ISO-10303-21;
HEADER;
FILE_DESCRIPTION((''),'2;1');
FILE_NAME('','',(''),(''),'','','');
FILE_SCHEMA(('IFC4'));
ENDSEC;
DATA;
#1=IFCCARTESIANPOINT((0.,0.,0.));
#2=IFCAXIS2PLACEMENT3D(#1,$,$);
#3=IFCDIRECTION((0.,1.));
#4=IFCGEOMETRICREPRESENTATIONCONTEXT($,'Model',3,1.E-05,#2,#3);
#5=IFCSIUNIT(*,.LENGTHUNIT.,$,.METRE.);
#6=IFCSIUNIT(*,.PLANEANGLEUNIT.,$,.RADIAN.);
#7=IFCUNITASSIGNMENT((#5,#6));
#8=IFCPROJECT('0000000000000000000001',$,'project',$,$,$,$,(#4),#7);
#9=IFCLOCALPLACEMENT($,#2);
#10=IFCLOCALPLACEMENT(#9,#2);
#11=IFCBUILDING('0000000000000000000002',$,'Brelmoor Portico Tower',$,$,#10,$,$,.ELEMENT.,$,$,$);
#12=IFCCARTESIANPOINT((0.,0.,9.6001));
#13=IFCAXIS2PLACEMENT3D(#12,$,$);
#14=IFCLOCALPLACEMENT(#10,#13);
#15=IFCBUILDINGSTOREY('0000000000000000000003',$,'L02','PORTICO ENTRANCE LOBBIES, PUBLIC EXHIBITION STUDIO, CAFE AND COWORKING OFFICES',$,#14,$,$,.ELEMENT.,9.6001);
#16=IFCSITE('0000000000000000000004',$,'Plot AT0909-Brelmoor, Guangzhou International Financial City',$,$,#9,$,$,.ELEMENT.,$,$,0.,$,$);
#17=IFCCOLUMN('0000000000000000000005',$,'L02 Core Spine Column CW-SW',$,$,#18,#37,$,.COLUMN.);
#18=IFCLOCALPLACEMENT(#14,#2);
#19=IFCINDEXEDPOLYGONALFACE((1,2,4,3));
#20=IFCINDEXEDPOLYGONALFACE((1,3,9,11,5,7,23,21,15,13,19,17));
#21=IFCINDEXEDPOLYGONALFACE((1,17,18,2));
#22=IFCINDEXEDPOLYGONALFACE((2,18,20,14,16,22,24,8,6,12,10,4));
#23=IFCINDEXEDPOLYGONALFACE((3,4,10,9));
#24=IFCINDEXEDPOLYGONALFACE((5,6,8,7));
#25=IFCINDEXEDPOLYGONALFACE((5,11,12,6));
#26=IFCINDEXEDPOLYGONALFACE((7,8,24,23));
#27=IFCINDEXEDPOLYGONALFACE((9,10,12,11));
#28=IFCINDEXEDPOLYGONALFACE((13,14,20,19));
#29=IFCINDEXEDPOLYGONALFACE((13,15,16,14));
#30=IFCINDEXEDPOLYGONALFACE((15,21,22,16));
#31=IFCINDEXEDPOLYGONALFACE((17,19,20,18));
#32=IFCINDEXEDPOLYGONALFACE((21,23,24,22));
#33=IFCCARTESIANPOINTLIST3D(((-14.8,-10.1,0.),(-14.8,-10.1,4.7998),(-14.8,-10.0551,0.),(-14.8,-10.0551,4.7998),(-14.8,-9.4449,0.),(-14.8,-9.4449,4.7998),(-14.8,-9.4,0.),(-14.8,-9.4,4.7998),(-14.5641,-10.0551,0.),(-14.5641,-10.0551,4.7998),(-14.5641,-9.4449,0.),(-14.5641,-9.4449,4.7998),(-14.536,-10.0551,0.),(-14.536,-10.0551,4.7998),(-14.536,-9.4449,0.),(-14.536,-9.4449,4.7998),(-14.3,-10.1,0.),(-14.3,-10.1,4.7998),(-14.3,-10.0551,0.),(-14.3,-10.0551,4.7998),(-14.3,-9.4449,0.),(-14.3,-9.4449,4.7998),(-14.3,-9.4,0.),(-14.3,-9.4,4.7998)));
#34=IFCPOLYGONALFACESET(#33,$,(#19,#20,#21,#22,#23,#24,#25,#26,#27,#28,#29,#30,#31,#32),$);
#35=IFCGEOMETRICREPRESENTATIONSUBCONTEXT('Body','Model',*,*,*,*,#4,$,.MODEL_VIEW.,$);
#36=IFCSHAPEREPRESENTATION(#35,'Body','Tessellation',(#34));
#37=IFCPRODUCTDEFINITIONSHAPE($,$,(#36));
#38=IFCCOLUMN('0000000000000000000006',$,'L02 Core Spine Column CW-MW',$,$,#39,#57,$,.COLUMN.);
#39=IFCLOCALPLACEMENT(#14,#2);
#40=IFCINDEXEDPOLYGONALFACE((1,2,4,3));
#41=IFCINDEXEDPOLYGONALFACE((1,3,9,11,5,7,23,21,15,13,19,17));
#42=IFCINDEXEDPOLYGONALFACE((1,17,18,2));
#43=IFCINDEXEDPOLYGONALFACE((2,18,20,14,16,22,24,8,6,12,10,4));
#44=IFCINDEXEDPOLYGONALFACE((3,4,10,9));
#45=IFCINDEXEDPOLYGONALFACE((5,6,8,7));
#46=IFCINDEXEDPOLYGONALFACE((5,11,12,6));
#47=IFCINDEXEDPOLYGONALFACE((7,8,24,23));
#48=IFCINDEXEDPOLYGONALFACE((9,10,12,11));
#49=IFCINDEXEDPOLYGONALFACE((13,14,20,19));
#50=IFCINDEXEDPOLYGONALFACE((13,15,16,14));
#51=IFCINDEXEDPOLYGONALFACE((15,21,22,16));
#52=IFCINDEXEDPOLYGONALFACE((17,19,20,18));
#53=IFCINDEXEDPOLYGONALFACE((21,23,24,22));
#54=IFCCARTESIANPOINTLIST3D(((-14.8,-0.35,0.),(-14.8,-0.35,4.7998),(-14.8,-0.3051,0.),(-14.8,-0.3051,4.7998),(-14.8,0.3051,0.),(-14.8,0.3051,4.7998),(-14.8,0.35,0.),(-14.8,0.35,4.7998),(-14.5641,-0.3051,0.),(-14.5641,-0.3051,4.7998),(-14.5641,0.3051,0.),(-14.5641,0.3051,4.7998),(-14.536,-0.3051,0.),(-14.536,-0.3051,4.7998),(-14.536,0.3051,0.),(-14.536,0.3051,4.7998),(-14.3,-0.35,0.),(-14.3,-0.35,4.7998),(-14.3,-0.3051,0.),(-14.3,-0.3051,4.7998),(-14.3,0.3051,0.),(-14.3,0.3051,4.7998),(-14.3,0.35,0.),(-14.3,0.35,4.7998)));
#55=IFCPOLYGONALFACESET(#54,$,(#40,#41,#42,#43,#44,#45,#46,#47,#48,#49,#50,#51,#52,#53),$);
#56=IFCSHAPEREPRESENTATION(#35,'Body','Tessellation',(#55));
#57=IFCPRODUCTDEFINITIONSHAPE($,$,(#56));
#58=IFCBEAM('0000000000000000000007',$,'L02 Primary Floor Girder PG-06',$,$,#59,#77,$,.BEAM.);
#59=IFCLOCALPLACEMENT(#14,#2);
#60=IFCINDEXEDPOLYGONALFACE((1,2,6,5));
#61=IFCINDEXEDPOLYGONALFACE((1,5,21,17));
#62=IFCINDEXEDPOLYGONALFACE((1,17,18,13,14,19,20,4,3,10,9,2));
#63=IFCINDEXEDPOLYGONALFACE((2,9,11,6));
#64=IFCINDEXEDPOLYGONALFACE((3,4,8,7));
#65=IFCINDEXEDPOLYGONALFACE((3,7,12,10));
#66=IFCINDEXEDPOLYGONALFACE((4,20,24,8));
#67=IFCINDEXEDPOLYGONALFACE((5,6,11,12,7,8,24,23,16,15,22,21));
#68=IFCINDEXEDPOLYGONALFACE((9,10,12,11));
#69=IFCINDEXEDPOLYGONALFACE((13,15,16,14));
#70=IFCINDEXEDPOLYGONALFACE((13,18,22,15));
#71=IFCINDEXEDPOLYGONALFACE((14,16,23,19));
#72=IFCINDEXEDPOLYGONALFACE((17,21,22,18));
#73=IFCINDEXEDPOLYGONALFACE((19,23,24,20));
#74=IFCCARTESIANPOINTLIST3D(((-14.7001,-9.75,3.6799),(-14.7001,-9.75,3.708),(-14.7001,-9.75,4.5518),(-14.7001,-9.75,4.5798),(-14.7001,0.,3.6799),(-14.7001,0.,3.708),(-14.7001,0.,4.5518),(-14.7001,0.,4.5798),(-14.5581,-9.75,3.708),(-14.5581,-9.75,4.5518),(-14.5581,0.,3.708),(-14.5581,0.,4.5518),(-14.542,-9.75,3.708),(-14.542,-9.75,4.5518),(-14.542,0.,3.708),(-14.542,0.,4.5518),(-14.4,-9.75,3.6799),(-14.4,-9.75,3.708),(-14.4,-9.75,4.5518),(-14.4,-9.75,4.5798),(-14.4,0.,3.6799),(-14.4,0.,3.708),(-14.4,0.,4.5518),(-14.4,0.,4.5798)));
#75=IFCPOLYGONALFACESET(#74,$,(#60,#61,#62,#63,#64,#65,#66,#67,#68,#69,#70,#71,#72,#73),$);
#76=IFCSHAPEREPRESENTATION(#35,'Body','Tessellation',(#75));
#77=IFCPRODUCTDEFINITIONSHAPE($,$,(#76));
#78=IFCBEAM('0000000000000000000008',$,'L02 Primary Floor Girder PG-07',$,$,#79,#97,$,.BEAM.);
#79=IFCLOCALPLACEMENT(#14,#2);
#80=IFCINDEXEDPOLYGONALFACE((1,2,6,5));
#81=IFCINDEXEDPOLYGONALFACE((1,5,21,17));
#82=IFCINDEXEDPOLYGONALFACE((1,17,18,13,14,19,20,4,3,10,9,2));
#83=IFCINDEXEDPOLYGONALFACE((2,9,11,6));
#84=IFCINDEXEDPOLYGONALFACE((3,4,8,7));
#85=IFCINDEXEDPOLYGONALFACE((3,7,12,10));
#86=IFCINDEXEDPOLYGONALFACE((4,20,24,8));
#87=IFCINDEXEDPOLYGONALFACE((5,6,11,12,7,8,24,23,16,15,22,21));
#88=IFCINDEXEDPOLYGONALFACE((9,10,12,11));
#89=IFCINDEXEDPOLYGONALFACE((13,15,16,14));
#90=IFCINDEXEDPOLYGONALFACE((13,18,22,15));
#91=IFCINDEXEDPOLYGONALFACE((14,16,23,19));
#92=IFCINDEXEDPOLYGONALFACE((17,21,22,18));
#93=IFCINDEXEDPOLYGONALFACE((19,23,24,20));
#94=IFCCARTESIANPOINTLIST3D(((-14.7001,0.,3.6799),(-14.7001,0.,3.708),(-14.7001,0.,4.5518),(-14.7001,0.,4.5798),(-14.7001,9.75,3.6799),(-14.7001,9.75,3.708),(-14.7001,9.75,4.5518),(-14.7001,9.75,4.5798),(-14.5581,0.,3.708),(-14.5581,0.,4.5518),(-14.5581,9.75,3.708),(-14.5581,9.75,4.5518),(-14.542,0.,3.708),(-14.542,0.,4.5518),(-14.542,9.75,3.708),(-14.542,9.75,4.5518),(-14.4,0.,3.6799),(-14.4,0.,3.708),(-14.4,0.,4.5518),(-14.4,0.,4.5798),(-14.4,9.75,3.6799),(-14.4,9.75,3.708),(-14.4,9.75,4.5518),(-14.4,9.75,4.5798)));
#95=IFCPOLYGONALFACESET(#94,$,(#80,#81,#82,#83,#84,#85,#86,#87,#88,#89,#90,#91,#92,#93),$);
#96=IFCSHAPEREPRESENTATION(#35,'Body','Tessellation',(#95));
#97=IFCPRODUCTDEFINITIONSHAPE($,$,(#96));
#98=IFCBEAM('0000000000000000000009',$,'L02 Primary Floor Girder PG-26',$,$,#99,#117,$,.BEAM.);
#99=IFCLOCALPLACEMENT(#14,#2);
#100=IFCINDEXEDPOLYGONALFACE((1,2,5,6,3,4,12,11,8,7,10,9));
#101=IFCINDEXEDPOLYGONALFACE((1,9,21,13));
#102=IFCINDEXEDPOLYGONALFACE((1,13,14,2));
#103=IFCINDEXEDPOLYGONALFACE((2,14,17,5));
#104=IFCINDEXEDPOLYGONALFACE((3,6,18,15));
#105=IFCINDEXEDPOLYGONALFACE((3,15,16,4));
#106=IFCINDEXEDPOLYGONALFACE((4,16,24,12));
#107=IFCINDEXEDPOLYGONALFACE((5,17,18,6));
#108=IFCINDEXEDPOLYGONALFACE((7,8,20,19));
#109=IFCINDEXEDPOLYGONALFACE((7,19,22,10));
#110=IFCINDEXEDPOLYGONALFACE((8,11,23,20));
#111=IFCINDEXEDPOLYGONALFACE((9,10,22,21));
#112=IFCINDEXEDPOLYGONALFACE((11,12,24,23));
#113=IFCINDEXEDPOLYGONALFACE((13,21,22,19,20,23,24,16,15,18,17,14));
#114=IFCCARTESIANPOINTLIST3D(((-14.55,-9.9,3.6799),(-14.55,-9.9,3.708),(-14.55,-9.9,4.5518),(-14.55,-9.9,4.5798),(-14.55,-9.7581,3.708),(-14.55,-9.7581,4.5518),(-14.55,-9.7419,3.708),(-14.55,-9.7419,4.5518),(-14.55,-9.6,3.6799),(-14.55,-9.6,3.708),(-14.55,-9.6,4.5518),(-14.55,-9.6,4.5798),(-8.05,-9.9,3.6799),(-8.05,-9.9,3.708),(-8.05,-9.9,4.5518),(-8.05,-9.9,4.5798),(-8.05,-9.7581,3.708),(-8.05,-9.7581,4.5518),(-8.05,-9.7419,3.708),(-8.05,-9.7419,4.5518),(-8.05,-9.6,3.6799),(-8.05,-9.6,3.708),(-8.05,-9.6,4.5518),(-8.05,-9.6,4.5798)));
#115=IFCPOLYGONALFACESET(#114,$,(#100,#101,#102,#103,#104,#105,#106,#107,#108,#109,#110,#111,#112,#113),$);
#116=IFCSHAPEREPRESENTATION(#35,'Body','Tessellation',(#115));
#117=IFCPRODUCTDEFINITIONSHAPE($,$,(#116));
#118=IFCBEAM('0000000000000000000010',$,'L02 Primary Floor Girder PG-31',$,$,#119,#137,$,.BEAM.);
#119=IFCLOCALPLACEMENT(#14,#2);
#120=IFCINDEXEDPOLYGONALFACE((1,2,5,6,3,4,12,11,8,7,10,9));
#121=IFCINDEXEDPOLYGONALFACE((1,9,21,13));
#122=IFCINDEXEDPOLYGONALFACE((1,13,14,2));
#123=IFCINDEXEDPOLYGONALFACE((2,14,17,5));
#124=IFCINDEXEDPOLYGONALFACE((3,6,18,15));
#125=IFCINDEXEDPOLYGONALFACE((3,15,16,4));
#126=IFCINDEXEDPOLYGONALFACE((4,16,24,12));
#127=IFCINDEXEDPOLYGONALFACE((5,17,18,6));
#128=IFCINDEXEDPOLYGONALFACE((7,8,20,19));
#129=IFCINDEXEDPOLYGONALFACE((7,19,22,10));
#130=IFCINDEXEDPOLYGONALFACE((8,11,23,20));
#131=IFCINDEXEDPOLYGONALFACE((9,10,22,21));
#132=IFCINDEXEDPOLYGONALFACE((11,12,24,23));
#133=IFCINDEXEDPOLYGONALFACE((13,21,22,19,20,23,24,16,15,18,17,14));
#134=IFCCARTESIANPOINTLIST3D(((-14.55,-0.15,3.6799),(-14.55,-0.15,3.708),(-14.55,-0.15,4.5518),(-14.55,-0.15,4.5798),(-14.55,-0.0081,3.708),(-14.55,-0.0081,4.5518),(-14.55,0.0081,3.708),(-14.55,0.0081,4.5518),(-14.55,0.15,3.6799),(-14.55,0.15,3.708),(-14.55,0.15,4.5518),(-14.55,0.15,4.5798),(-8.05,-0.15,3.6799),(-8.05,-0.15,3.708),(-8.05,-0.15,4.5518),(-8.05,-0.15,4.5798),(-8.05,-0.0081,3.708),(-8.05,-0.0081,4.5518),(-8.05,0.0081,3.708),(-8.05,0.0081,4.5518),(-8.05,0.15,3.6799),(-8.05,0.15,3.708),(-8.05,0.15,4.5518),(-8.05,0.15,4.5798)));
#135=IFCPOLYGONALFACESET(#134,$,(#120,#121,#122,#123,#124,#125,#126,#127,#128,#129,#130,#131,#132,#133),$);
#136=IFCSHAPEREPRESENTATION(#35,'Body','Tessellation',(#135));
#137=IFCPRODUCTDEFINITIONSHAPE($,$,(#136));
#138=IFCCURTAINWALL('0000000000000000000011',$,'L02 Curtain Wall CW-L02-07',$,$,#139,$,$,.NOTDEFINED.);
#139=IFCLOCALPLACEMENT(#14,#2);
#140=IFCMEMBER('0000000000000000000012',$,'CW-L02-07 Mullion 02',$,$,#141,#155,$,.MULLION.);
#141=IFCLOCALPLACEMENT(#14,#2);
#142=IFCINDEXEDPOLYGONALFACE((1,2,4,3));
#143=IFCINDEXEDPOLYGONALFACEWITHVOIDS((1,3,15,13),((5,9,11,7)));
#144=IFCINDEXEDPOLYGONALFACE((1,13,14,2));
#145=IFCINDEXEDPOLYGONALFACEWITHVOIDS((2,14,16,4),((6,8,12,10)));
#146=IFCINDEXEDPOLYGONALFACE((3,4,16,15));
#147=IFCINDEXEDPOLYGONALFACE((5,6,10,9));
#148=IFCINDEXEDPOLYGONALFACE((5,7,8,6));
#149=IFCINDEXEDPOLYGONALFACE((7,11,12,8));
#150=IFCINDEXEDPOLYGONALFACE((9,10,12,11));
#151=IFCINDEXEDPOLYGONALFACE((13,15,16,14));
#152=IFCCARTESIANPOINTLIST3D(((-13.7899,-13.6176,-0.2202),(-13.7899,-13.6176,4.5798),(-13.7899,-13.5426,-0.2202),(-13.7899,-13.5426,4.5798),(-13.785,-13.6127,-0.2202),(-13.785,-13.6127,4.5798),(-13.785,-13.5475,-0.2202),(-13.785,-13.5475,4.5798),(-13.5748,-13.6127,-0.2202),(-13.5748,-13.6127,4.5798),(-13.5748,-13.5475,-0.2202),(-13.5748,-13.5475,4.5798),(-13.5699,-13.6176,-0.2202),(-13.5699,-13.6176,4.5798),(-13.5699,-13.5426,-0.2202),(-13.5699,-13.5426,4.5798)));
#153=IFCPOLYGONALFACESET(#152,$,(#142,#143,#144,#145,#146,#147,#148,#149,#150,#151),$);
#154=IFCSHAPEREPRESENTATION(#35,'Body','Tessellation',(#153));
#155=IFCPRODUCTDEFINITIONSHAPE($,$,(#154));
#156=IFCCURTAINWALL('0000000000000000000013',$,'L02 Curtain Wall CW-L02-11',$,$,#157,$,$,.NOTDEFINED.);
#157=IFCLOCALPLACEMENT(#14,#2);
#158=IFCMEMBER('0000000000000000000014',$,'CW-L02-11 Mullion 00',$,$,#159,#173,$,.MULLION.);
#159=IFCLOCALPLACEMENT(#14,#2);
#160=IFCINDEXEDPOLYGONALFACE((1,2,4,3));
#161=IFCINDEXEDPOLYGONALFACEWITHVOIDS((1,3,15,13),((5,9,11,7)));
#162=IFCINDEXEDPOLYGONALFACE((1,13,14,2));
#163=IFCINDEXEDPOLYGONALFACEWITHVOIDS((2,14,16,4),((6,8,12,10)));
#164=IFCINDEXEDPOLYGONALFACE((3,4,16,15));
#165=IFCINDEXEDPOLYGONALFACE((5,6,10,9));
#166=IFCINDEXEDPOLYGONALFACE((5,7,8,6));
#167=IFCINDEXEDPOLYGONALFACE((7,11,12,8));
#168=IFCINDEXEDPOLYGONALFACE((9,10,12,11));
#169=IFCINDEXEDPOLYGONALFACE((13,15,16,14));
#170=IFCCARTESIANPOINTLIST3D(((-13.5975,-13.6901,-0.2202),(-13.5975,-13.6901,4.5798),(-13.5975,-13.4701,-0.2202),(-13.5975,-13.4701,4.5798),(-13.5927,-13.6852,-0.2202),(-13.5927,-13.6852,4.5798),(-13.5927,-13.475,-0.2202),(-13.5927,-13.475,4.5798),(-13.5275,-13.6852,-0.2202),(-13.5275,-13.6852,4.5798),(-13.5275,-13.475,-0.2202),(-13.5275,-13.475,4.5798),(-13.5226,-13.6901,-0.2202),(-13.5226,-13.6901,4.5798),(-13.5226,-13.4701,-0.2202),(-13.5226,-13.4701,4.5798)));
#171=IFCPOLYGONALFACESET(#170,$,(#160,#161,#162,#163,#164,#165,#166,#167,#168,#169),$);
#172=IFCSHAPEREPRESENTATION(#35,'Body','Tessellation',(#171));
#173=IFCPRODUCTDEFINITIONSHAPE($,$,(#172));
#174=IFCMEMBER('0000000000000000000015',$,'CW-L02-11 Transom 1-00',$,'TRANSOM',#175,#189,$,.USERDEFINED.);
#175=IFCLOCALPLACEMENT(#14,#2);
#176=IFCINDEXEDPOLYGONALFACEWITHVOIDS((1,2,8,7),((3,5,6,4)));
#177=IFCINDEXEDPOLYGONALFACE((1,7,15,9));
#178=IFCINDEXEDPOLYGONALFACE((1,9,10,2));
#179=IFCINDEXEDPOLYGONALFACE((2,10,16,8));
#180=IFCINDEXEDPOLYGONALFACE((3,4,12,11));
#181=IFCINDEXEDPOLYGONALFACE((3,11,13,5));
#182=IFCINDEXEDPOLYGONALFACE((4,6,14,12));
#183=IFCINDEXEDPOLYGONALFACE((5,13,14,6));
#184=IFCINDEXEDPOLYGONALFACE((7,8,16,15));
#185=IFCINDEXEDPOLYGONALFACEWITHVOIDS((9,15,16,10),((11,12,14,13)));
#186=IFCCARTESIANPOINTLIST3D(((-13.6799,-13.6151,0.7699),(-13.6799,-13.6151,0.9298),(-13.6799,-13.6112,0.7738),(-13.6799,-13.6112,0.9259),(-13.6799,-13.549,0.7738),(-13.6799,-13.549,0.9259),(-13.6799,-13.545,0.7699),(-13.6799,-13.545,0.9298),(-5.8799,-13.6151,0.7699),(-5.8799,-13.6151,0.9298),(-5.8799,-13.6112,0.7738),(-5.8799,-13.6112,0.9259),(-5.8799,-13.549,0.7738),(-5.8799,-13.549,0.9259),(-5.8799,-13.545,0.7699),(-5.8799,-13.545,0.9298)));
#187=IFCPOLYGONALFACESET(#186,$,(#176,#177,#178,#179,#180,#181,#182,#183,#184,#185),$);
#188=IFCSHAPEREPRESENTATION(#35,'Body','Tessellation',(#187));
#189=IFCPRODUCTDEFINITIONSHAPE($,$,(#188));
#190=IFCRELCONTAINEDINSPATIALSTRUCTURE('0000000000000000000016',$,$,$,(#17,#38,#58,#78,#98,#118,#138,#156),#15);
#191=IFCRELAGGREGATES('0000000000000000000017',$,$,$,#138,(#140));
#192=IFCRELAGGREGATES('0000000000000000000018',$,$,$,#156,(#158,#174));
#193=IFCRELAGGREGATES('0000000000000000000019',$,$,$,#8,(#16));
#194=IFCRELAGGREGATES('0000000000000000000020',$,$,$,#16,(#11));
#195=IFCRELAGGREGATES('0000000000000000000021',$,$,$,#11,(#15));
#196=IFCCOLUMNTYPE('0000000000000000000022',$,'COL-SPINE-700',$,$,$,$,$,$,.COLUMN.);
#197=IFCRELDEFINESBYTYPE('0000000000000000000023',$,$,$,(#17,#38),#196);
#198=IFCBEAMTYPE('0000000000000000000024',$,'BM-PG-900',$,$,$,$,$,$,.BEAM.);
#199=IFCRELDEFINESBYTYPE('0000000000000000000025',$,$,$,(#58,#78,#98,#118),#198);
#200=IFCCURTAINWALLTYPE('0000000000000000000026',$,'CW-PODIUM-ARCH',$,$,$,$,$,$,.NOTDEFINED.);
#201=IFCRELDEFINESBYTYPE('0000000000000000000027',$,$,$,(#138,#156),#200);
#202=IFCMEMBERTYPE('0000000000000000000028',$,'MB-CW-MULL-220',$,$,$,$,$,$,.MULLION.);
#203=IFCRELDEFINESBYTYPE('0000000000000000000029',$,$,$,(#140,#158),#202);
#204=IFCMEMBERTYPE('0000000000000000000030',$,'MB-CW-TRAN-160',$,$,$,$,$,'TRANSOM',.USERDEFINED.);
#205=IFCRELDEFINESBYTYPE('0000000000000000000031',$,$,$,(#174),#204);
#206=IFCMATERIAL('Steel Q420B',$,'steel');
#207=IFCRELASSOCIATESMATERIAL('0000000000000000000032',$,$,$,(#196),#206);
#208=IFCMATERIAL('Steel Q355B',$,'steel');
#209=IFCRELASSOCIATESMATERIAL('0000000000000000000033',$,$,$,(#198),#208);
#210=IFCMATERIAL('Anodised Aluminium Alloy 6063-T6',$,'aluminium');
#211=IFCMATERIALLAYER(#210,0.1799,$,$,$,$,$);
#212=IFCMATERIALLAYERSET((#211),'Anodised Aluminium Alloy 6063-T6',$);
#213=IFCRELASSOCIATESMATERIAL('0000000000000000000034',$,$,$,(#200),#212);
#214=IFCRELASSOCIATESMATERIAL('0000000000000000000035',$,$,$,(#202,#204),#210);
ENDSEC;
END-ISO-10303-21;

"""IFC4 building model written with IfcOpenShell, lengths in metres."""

from ifc_helpers import new_model, si_unit, direction, frame, origin, origin_2d, place, context, subcontext, project, spatial, hollow_rectangle, i_section, extrude, material, layer, layer_set, material_profile, profile_set, type_object, element, aggregate, save


model = new_model("IFC4")

# Units and contexts
model_context = context("Model", 3, precision=1e-05, world=origin(), true_north=direction((0.0, 1.0)))
body_context = subcontext(model_context, "Body", "Model", "MODEL_VIEW")
ifc_project = project(units=[si_unit("LENGTHUNIT", "METRE"), si_unit("PLANEANGLEUNIT", "RADIAN")], contexts=[model_context])

# Site, building, storey
site_placement = place(None, origin())
site = spatial("IfcSite", under=ifc_project, at=site_placement, Name="Plot AT0909-Brelmoor, Guangzhou International Financial City", CompositionType="ELEMENT", RefElevation=0.0)
building_placement = place(site_placement, origin())
building = spatial("IfcBuilding", under=site, at=building_placement, Name="Brelmoor Portico Tower", CompositionType="ELEMENT")
storey_placement = place(building_placement, frame((0.0, 0.0, 9.6001)))
storey = spatial("IfcBuildingStorey", under=building, at=storey_placement, Name="L02", Description="PORTICO ENTRANCE LOBBIES, PUBLIC EXHIBITION STUDIO, CAFE AND COWORKING OFFICES", CompositionType="ELEMENT", Elevation=9.6001)

# Columns
ifc_material_1 = material(Name="Steel Q420B", Category="steel")
ifc_material_profile_1 = material_profile(ifc_material_1, i_section(OverallWidth=0.5, OverallDepth=0.7, WebThickness=0.0281, FlangeThickness=0.0449, at=origin_2d()), Name="HW 700x500x28x45")
ifc_profile_set_1 = profile_set([ifc_material_profile_1], Name="Steel Q420B")
column_type = type_object("IfcColumnType", Name="COL-SPINE-700", PredefinedType="COLUMN", material=ifc_profile_set_1)
for number, where, z_axis, x_axis, name in (
    (1, (-14.55, -9.75, 0.0), (0.0, 0.0, 1.0), (1.0, 0.0, 0.0), "L02 Core Spine Column CW-SW"),
    (2, (-14.55, 0.0, 0.0), (0.0, 0.0, 1.0), (1.0, 0.0, 0.0), "L02 Core Spine Column CW-MW"),
):
    element("IfcColumn", number, at=place(storey_placement, frame(where, z_axis=z_axis, x_axis=x_axis)), inside=storey, type_object=column_type, Name=name, PredefinedType="COLUMN", context=body_context, shape_type="SweptSolid", body=[
        extrude(i_section(OverallWidth=0.5, OverallDepth=0.7, WebThickness=0.0281, FlangeThickness=0.0449, at=origin_2d()), origin(), (0.0, 0.0, 1.0), 4.7998),
    ])

# Beams
ifc_material_2 = material(Name="Steel Q355B", Category="steel")
ifc_material_profile_2 = material_profile(ifc_material_2, i_section(OverallWidth=0.3, OverallDepth=0.8999, WebThickness=0.0161, FlangeThickness=0.0281, at=origin_2d()), Name="HN 900x300x16x28")
ifc_profile_set_2 = profile_set([ifc_material_profile_2], Name="Steel Q355B")
beam_type = type_object("IfcBeamType", Name="BM-PG-900", PredefinedType="BEAM", material=ifc_profile_set_2)
for number, where, z_axis, x_axis, name in (
    (3, (-14.55, -9.75, 4.1299), (0.0, 1.0, 0.0), (-1.0, 0.0, 0.0), "L02 Primary Floor Girder PG-06"),
    (4, (-14.55, 0.0, 4.1299), (0.0, 1.0, 0.0), (-1.0, 0.0, 0.0), "L02 Primary Floor Girder PG-07"),
):
    element("IfcBeam", number, at=place(storey_placement, frame(where, z_axis=z_axis, x_axis=x_axis)), inside=storey, type_object=beam_type, Name=name, PredefinedType="BEAM", context=body_context, shape_type="SweptSolid", body=[
        extrude(i_section(OverallWidth=0.3, OverallDepth=0.8999, WebThickness=0.0161, FlangeThickness=0.0281, at=origin_2d()), origin(), (0.0, 0.0, 1.0), 9.75),
    ])
for number, where, z_axis, x_axis, name in (
    (5, (-14.55, -9.75, 4.1299), (1.0, 0.0, 0.0), (0.0, 1.0, 0.0), "L02 Primary Floor Girder PG-26"),
    (6, (-14.55, 0.0, 4.1299), (1.0, 0.0, 0.0), (0.0, 1.0, 0.0), "L02 Primary Floor Girder PG-31"),
):
    element("IfcBeam", number, at=place(storey_placement, frame(where, z_axis=z_axis, x_axis=x_axis)), inside=storey, type_object=beam_type, Name=name, PredefinedType="BEAM", context=body_context, shape_type="SweptSolid", body=[
        extrude(i_section(OverallWidth=0.3, OverallDepth=0.8999, WebThickness=0.0161, FlangeThickness=0.0281, at=origin_2d()), origin(), (0.0, 0.0, 1.0), 6.5),
    ])

# Curtain wall, member
ifc_material_3 = material(Name="Anodised Aluminium Alloy 6063-T6", Category="aluminium")
ifc_layer_1 = layer(ifc_material_3, 0.1799)
ifc_layer_set_1 = layer_set([ifc_layer_1], Name="Anodised Aluminium Alloy 6063-T6")
curtain_wall_type = type_object("IfcCurtainWallType", Name="CW-PODIUM-ARCH", PredefinedType="NOTDEFINED", material=ifc_layer_set_1)
curtain_wall_1_placement = place(storey_placement, origin())
curtain_wall_1 = element("IfcCurtainWall", 7, at=curtain_wall_1_placement, inside=storey, type_object=curtain_wall_type, Name="L02 Curtain Wall CW-L02-07", PredefinedType="NOTDEFINED")
ifc_material_profile_3 = material_profile(ifc_material_3, hollow_rectangle(XDim=0.075, YDim=0.22, WallThickness=0.0049, at=origin_2d()), Name="ALU MULLION 75x220")
ifc_profile_set_3 = profile_set([ifc_material_profile_3], Name="Anodised Aluminium Alloy 6063-T6")
member_type_1 = type_object("IfcMemberType", Name="MB-CW-MULL-220", PredefinedType="MULLION", material=ifc_profile_set_3)
member_1_placement = place(storey_placement, frame((-13.6799, -13.5801, -0.2202), z_axis=(0.0, 0.0, 1.0), x_axis=(0.0, 1.0, 0.0)))
member_1 = element("IfcMember", 8, at=member_1_placement, type_object=member_type_1, Name="CW-L02-07 Mullion 02", PredefinedType="MULLION", context=body_context, shape_type="SweptSolid", body=[
    extrude(hollow_rectangle(XDim=0.075, YDim=0.22, WallThickness=0.0049, at=origin_2d()), origin(), (0.0, 0.0, 1.0), 4.8),
])
aggregate(curtain_wall_1, [member_1])

# Curtain wall, members
curtain_wall_2_placement = place(storey_placement, origin())
curtain_wall_2 = element("IfcCurtainWall", 9, at=curtain_wall_2_placement, inside=storey, type_object=curtain_wall_type, Name="L02 Curtain Wall CW-L02-11", PredefinedType="NOTDEFINED")
member_2_placement = place(storey_placement, frame((-13.5601, -13.5801, -0.2202), z_axis=(0.0, 0.0, 1.0), x_axis=(1.0, 0.0, 0.0)))
member_2 = element("IfcMember", 10, at=member_2_placement, type_object=member_type_1, Name="CW-L02-11 Mullion 00", PredefinedType="MULLION", context=body_context, shape_type="SweptSolid", body=[
    extrude(hollow_rectangle(XDim=0.075, YDim=0.22, WallThickness=0.0049, at=origin_2d()), origin(), (0.0, 0.0, 1.0), 4.8),
])
ifc_material_profile_4 = material_profile(ifc_material_3, hollow_rectangle(XDim=0.0701, YDim=0.1599, WallThickness=0.0039, at=origin_2d()), Name="ALU TRANSOM 70x160")
ifc_profile_set_4 = profile_set([ifc_material_profile_4], Name="Anodised Aluminium Alloy 6063-T6")
member_type_2 = type_object("IfcMemberType", Name="MB-CW-TRAN-160", ElementType="TRANSOM", PredefinedType="USERDEFINED", material=ifc_profile_set_4)
member_3_placement = place(storey_placement, frame((-13.6799, -13.5801, 0.8499), z_axis=(1.0, 0.0, 0.0), x_axis=(0.0, 1.0, 0.0)))
member_3 = element("IfcMember", 11, at=member_3_placement, type_object=member_type_2, Name="CW-L02-11 Transom 1-00", ObjectType="TRANSOM", PredefinedType="USERDEFINED", context=body_context, shape_type="SweptSolid", body=[
    extrude(hollow_rectangle(XDim=0.0701, YDim=0.1599, WallThickness=0.0039, at=origin_2d()), origin(), (0.0, 0.0, 1.0), 7.8),
])
aggregate(curtain_wall_2, [member_2, member_3])

save(model, "model.ifc")
